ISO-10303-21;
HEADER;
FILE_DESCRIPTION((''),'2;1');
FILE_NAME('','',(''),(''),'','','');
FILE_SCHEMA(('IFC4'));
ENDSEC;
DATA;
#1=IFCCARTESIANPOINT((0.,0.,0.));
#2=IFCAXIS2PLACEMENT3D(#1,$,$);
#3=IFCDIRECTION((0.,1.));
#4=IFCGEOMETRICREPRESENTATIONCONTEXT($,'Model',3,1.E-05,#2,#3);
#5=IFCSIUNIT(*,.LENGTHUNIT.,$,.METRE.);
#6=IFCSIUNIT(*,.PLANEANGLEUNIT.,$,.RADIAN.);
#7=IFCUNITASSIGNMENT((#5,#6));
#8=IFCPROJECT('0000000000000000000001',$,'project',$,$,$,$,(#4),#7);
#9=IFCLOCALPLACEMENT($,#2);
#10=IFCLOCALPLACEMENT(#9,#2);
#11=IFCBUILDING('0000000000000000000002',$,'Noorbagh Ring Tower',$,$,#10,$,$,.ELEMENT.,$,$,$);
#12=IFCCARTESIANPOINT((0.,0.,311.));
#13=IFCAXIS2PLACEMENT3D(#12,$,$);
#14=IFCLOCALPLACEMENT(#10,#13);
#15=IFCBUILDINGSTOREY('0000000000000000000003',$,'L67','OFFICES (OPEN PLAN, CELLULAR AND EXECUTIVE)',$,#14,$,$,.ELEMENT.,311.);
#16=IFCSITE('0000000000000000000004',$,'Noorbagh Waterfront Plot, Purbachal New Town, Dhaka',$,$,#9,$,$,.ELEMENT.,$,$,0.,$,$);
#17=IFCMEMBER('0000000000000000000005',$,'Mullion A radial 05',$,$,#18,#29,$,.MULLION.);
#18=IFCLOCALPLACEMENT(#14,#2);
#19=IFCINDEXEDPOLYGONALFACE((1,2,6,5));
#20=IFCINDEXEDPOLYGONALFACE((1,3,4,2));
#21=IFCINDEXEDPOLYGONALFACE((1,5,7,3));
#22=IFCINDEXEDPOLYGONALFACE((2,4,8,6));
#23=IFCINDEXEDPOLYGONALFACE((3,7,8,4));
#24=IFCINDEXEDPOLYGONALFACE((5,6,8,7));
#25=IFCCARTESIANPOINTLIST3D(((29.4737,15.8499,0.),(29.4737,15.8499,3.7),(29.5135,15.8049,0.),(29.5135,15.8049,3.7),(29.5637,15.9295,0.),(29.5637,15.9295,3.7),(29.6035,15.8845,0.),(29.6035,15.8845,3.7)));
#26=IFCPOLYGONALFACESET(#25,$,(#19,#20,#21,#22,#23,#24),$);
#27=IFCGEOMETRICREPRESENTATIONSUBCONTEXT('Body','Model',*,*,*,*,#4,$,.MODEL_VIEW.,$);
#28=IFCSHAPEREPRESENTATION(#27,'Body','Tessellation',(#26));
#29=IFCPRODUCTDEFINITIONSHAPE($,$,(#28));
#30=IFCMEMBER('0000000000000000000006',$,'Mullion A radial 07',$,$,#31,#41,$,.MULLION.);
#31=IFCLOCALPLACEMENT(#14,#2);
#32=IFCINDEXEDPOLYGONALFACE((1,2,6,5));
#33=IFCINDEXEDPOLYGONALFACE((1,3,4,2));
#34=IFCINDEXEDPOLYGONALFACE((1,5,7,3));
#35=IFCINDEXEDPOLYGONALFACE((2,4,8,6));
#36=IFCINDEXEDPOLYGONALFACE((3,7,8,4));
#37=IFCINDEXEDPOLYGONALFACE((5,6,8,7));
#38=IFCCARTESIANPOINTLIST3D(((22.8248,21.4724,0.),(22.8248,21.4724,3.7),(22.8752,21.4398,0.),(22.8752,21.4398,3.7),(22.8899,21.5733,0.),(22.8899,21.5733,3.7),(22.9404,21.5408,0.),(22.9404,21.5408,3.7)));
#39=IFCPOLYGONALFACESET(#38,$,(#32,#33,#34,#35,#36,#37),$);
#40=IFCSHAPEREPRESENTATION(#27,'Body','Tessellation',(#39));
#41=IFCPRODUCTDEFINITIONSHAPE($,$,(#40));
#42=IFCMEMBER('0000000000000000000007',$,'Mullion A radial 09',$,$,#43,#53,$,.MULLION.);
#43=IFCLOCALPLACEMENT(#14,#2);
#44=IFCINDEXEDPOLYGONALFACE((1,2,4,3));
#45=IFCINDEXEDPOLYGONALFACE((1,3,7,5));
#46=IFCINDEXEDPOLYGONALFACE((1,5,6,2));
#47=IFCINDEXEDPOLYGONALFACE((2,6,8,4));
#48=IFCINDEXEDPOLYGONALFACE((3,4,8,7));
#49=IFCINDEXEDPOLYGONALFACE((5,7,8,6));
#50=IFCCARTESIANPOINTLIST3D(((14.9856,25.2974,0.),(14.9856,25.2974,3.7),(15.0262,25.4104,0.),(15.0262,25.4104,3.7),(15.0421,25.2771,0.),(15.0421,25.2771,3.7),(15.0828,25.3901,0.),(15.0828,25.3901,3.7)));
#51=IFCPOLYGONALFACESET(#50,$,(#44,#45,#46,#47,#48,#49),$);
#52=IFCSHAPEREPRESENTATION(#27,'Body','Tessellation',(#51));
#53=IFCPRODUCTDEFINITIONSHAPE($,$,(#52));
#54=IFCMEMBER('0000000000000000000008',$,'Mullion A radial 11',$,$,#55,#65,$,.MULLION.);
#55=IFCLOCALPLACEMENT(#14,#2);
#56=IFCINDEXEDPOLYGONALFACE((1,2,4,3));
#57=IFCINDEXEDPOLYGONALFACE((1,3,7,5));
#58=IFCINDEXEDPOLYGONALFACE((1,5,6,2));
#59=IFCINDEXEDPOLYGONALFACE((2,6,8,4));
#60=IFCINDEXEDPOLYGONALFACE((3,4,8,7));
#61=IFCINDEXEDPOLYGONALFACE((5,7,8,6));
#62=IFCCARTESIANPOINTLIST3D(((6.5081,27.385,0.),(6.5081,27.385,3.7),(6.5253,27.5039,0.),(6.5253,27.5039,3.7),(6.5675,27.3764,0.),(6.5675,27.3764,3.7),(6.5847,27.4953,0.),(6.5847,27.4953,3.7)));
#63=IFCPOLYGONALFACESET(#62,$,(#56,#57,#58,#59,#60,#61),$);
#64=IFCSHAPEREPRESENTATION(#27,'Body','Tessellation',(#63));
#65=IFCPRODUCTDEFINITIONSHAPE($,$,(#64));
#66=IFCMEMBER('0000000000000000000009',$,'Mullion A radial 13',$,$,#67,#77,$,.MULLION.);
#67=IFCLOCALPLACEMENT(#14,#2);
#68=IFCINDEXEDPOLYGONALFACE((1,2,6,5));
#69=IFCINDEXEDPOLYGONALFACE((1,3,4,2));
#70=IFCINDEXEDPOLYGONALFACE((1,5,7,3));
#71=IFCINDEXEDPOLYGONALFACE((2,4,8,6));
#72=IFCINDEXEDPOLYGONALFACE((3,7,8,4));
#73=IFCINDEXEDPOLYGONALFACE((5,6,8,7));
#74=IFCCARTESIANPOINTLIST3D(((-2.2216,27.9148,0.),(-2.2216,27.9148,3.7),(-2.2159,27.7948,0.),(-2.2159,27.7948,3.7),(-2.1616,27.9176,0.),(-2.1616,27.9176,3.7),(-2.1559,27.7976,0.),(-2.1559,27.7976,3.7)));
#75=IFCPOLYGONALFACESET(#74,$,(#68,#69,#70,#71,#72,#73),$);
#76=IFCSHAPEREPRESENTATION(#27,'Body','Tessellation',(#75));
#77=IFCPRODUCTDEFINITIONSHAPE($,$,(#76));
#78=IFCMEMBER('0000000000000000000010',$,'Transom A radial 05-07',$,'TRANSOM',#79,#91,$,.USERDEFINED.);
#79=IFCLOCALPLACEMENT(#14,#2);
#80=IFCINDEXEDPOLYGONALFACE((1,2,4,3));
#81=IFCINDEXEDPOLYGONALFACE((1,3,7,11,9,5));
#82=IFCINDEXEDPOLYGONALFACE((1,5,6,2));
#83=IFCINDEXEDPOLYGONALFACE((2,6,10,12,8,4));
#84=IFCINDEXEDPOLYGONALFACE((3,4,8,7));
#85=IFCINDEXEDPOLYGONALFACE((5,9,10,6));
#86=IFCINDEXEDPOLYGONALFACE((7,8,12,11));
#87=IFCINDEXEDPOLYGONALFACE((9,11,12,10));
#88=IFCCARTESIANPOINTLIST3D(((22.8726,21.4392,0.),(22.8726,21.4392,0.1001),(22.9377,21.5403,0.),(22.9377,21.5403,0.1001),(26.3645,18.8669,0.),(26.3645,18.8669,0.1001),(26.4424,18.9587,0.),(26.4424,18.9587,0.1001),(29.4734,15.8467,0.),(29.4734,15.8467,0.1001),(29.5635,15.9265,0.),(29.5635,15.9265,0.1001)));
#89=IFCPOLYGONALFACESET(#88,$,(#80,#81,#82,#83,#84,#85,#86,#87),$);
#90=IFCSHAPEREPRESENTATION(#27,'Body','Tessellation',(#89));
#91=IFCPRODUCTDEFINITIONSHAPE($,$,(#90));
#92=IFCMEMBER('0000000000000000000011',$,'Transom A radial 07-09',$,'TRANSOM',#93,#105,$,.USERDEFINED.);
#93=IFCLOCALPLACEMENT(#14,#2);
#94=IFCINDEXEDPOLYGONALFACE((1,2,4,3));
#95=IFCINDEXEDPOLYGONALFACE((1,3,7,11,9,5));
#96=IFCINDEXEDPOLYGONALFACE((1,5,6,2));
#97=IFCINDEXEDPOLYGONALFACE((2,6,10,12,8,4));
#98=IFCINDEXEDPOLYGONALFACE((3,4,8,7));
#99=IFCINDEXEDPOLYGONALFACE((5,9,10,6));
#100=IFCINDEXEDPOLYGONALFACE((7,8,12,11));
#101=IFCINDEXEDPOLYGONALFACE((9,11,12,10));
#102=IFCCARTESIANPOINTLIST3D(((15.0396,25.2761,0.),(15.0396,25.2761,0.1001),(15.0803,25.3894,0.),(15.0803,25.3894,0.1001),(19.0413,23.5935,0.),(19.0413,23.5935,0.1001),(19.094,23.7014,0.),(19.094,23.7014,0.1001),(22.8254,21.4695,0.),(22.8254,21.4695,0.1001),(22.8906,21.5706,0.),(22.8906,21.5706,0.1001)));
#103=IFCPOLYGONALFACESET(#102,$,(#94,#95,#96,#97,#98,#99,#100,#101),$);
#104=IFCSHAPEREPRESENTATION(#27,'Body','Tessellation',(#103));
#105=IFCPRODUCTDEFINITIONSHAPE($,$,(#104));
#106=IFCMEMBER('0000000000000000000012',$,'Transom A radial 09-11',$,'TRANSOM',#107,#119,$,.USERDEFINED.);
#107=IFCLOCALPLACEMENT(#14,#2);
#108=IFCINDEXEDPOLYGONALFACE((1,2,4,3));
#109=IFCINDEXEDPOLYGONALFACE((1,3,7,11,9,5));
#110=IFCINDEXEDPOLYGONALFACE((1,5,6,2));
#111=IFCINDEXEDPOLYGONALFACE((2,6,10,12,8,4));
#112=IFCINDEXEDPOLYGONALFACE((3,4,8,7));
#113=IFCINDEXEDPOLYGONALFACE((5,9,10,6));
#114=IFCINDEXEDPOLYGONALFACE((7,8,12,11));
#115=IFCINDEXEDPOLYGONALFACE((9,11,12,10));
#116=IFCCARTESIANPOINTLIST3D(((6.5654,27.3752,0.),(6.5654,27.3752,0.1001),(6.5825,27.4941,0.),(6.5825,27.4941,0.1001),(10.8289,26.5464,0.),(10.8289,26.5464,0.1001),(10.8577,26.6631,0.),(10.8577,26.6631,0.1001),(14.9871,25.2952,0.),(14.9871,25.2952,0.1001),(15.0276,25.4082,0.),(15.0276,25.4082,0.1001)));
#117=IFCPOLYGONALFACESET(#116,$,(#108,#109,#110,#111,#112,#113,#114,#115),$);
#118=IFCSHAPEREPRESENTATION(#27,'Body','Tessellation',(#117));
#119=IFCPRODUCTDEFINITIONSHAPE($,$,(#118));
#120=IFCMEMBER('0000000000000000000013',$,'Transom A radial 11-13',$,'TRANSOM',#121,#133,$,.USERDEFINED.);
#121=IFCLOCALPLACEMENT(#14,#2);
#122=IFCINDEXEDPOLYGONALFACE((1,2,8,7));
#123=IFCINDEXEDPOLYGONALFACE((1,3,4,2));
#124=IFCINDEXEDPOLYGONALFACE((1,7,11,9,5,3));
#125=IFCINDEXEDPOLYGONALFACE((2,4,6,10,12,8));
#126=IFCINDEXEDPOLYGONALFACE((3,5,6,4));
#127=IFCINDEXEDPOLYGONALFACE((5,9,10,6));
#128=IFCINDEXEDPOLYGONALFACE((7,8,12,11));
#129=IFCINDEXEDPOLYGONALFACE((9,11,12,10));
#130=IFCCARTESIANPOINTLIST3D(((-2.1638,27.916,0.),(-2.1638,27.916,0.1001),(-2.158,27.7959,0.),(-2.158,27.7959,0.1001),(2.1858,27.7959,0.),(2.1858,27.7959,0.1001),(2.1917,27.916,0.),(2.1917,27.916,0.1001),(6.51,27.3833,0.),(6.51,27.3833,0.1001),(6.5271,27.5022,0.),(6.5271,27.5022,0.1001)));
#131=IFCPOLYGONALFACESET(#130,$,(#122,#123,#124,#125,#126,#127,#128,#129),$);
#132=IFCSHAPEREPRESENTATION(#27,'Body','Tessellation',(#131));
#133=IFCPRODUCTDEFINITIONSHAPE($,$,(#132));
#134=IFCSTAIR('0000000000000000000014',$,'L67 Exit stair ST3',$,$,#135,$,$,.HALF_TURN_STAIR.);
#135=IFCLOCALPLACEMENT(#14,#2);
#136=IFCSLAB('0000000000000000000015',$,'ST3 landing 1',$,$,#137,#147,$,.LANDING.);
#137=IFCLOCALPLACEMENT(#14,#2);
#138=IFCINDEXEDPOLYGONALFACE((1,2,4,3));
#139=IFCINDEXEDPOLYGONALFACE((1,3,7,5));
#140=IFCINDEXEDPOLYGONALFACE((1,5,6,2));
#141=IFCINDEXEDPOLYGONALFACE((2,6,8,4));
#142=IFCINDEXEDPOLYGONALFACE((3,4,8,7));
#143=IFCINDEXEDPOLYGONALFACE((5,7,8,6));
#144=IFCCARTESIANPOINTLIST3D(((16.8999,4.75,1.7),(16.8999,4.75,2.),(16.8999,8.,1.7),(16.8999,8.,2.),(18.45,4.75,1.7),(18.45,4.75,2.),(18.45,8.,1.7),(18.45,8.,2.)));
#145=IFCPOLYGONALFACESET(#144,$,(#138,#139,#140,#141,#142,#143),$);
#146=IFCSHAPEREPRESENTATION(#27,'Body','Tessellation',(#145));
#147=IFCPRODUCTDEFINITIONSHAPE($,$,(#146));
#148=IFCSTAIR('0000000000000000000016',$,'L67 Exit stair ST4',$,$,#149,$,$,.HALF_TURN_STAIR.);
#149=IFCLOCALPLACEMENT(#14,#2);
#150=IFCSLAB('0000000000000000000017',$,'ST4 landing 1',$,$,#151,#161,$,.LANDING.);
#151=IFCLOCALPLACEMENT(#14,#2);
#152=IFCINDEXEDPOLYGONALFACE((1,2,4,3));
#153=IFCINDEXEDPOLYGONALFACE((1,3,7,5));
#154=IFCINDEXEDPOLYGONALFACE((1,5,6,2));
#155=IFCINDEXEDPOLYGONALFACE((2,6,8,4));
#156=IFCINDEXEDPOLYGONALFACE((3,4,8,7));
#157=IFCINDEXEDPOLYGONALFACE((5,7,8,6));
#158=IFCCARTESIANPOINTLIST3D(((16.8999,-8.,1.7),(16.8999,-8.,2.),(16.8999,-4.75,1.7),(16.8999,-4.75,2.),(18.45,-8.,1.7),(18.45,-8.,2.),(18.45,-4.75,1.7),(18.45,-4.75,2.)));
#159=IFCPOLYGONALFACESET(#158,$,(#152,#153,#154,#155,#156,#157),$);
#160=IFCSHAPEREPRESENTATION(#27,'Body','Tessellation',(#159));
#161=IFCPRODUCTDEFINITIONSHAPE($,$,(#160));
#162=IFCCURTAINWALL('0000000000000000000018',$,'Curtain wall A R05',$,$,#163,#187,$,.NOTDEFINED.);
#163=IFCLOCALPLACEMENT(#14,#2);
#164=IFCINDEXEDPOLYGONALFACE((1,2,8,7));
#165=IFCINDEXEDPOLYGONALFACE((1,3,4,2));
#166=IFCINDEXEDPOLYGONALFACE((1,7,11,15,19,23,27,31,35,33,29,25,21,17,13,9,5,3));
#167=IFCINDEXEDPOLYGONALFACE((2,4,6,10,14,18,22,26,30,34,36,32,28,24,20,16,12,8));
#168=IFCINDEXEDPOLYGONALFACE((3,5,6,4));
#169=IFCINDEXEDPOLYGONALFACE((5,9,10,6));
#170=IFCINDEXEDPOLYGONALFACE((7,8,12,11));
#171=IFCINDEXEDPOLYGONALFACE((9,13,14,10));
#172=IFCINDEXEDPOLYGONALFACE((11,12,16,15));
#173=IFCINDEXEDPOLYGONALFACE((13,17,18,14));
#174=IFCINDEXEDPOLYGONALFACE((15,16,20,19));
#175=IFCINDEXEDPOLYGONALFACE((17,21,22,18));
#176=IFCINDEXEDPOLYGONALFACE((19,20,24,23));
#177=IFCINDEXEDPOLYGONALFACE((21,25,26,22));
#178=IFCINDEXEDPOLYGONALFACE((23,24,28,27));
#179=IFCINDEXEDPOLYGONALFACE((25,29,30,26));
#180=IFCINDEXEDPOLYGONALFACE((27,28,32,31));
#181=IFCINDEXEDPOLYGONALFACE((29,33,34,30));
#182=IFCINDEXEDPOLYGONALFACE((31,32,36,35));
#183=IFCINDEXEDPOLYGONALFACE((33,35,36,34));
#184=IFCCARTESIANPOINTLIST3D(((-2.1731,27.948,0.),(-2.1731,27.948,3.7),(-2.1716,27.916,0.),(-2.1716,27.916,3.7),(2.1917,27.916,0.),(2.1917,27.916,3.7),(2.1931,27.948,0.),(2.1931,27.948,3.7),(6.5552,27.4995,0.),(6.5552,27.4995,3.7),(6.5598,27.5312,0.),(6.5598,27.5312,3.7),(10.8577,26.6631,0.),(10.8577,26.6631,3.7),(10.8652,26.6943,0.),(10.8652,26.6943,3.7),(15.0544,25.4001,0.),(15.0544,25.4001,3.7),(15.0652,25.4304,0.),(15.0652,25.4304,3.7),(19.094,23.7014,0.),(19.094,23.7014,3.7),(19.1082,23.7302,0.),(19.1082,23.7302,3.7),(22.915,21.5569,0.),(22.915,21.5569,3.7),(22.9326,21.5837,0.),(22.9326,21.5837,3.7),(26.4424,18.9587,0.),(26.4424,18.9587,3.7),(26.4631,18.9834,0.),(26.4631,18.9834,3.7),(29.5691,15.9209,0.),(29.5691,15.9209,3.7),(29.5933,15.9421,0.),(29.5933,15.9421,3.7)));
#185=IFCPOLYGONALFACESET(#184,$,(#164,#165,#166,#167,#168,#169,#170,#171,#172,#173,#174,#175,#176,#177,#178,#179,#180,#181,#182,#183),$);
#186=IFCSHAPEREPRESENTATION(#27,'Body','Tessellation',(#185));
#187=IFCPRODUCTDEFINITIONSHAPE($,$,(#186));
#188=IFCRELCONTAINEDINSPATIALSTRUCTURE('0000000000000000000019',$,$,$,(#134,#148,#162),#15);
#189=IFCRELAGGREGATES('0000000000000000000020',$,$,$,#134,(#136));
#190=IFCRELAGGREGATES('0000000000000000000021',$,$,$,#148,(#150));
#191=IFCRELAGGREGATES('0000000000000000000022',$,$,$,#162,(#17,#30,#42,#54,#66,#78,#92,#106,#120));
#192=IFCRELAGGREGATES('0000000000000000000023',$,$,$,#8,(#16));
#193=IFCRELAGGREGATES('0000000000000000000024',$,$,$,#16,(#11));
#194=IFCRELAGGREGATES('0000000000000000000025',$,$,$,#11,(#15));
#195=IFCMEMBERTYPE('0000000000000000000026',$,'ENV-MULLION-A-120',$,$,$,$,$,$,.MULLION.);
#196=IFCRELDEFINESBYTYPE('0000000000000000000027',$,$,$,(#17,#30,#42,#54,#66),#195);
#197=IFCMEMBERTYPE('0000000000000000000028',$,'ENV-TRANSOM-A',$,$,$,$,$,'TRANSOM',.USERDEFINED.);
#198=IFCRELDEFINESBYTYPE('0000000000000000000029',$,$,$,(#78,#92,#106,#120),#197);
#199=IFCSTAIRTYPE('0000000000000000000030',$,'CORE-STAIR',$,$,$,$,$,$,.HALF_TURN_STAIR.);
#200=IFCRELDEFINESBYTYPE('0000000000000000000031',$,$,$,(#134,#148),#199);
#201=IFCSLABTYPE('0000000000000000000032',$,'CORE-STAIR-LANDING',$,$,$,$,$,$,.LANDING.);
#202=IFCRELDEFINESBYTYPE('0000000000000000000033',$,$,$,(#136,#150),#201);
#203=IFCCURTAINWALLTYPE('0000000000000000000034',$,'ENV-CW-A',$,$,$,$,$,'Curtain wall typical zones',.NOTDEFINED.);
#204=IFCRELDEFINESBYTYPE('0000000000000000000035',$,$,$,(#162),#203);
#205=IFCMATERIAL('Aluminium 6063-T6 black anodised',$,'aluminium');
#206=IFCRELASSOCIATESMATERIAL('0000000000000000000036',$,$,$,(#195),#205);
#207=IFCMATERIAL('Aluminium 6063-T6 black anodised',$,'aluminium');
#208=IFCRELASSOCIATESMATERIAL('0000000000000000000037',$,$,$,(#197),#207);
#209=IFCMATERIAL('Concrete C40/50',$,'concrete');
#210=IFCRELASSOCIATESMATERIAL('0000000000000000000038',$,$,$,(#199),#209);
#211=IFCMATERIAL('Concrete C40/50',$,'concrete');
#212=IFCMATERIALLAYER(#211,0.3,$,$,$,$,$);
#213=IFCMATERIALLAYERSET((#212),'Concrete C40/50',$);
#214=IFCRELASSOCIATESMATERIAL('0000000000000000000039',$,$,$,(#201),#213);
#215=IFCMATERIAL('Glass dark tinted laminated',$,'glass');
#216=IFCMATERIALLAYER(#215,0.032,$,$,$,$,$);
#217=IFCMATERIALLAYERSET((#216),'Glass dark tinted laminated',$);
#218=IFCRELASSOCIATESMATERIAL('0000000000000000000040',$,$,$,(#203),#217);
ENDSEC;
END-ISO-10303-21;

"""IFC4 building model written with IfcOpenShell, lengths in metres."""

from ifc_helpers import new_model, si_unit, direction, frame, origin, origin_2d, place, context, subcontext, project, spatial, polyline, rectangle, outline, extrude, material, layer, layer_set, material_profile, profile_set, type_object, element, aggregate, save


model = new_model("IFC4")

# Units and contexts
model_context = context("Model", 3, precision=1e-05, world=origin(), true_north=direction((0.0, 1.0)))
body_context = subcontext(model_context, "Body", "Model", "MODEL_VIEW")
ifc_project = project(units=[si_unit("LENGTHUNIT", "METRE"), si_unit("PLANEANGLEUNIT", "RADIAN")], contexts=[model_context])

# Members
ifc_material_1 = material(Name="Aluminium 6063-T6 black anodised", Category="aluminium")
ifc_material_profile = material_profile(ifc_material_1, rectangle(XDim=0.1201, YDim=0.0601, at=origin_2d()), Name="120x60")
ifc_profile_set = profile_set([ifc_material_profile], Name="Aluminium 6063-T6 black anodised")
member_type_1 = type_object("IfcMemberType", Name="ENV-MULLION-A-120", PredefinedType="MULLION", material=ifc_profile_set)
site_placement = place(None, origin())
building_placement = place(site_placement, origin())
storey_placement = place(building_placement, frame((0.0, 0.0, 311.0)))
member_1_placement = place(storey_placement, frame((29.5386, 15.8672, 0.0), z_axis=(0.0, 0.0, 1.0), x_axis=(-0.749047, -0.662517, 0.0)))
member_1 = element("IfcMember", 1, at=member_1_placement, type_object=member_type_1, Name="Mullion A radial 05", PredefinedType="MULLION", context=body_context, shape_type="SweptSolid", body=[
    extrude(rectangle(XDim=0.1201, YDim=0.0601, at=origin_2d()), origin(), (0.0, 0.0, 1.0), 3.7),
])
member_2_placement = place(storey_placement, frame((22.8826, 21.5066, 0.0), z_axis=(0.0, 0.0, 1.0), x_axis=(-0.542279, -0.840198, 0.0)))
member_2 = element("IfcMember", 2, at=member_2_placement, type_object=member_type_1, Name="Mullion A radial 07", PredefinedType="MULLION", context=body_context, shape_type="SweptSolid", body=[
    extrude(rectangle(XDim=0.1201, YDim=0.0601, at=origin_2d()), origin(), (0.0, 0.0, 1.0), 3.7),
])
member_3_placement = place(storey_placement, frame((15.0342, 25.3438, 0.0), z_axis=(0.0, 0.0, 1.0), x_axis=(-0.338379, -0.94101, 0.0)))
member_3 = element("IfcMember", 3, at=member_3_placement, type_object=member_type_1, Name="Mullion A radial 09", PredefinedType="MULLION", context=body_context, shape_type="SweptSolid", body=[
    extrude(rectangle(XDim=0.1201, YDim=0.0601, at=origin_2d()), origin(), (0.0, 0.0, 1.0), 3.7),
])
member_4_placement = place(storey_placement, frame((6.5464, 27.4402, 0.0), z_axis=(0.0, 0.0, 1.0), x_axis=(-0.143082, -0.989711, 0.0)))
member_4 = element("IfcMember", 4, at=member_4_placement, type_object=member_type_1, Name="Mullion A radial 11", PredefinedType="MULLION", context=body_context, shape_type="SweptSolid", body=[
    extrude(rectangle(XDim=0.1201, YDim=0.0601, at=origin_2d()), origin(), (0.0, 0.0, 1.0), 3.7),
])
member_5_placement = place(storey_placement, frame((-2.1887, 27.8562, 0.0), z_axis=(0.0, 0.0, 1.0), x_axis=(0.047558, -0.998868, 0.0)))
member_5 = element("IfcMember", 5, at=member_5_placement, type_object=member_type_1, Name="Mullion A radial 13", PredefinedType="MULLION", context=body_context, shape_type="SweptSolid", body=[
    extrude(rectangle(XDim=0.1201, YDim=0.0601, at=origin_2d()), origin(), (0.0, 0.0, 1.0), 3.7),
])
ifc_material_2 = material(Name="Aluminium 6063-T6 black anodised", Category="aluminium")
member_type_2 = type_object("IfcMemberType", Name="ENV-TRANSOM-A", ElementType="TRANSOM", PredefinedType="USERDEFINED", material=ifc_material_2)
member_6_placement = place(storey_placement, origin())
member_6 = element("IfcMember", 6, at=member_6_placement, type_object=member_type_2, Name="Transom A radial 05-07", ObjectType="TRANSOM", PredefinedType="USERDEFINED", context=body_context, shape_type="SweptSolid", body=[
    extrude(outline(polyline([(29.5635, 15.9265), (26.4424, 18.9587), (22.9377, 21.5403), (22.8726, 21.4392), (26.3645, 18.8669), (29.4734, 15.8467), (29.5635, 15.9265)])), origin(), (0.0, 0.0, 1.0), 0.1001),
])
member_7_placement = place(storey_placement, origin())
member_7 = element("IfcMember", 7, at=member_7_placement, type_object=member_type_2, Name="Transom A radial 07-09", ObjectType="TRANSOM", PredefinedType="USERDEFINED", context=body_context, shape_type="SweptSolid", body=[
    extrude(outline(polyline([(22.8906, 21.5706), (19.094, 23.7014), (15.0803, 25.3894), (15.0396, 25.2761), (19.0413, 23.5935), (22.8254, 21.4695), (22.8906, 21.5706)])), origin(), (0.0, 0.0, 1.0), 0.1001),
])
member_8_placement = place(storey_placement, origin())
member_8 = element("IfcMember", 8, at=member_8_placement, type_object=member_type_2, Name="Transom A radial 09-11", ObjectType="TRANSOM", PredefinedType="USERDEFINED", context=body_context, shape_type="SweptSolid", body=[
    extrude(outline(polyline([(15.0276, 25.4082), (10.8577, 26.6631), (6.5825, 27.4941), (6.5654, 27.3752), (10.8289, 26.5464), (14.9871, 25.2952), (15.0276, 25.4082)])), origin(), (0.0, 0.0, 1.0), 0.1001),
])
member_9_placement = place(storey_placement, origin())
member_9 = element("IfcMember", 9, at=member_9_placement, type_object=member_type_2, Name="Transom A radial 11-13", ObjectType="TRANSOM", PredefinedType="USERDEFINED", context=body_context, shape_type="SweptSolid", body=[
    extrude(outline(polyline([(6.5271, 27.5022), (2.1917, 27.916), (-2.1638, 27.916), (-2.158, 27.7959), (2.1858, 27.7959), (6.51, 27.3833), (6.5271, 27.5022)])), origin(), (0.0, 0.0, 1.0), 0.1001),
])

# Site, building, storey
site = spatial("IfcSite", under=ifc_project, at=site_placement, Name="Noorbagh Waterfront Plot, Purbachal New Town, Dhaka", CompositionType="ELEMENT", RefElevation=0.0)
building = spatial("IfcBuilding", under=site, at=building_placement, Name="Noorbagh Ring Tower", CompositionType="ELEMENT")
storey = spatial("IfcBuildingStorey", under=building, at=storey_placement, Name="L67", Description="OFFICES (OPEN PLAN, CELLULAR AND EXECUTIVE)", CompositionType="ELEMENT", Elevation=311.0)

# Stairs, slabs
ifc_material_3 = material(Name="Concrete C40/50", Category="concrete")
stair_type = type_object("IfcStairType", Name="CORE-STAIR", PredefinedType="HALF_TURN_STAIR", material=ifc_material_3)
stair_1_placement = place(storey_placement, origin())
stair_1 = element("IfcStair", 10, at=stair_1_placement, inside=storey, type_object=stair_type, Name="L67 Exit stair ST3", PredefinedType="HALF_TURN_STAIR")
ifc_material_4 = material(Name="Concrete C40/50", Category="concrete")
ifc_layer_1 = layer(ifc_material_4, 0.3)
ifc_layer_set_1 = layer_set([ifc_layer_1], Name="Concrete C40/50")
slab_type = type_object("IfcSlabType", Name="CORE-STAIR-LANDING", PredefinedType="LANDING", material=ifc_layer_set_1)
slab_1_placement = place(storey_placement, frame((0.0, 0.0, 1.7)))
slab_1 = element("IfcSlab", 11, at=slab_1_placement, type_object=slab_type, Name="ST3 landing 1", PredefinedType="LANDING", context=body_context, shape_type="SweptSolid", body=[
    extrude(outline(polyline([(18.45, 8.0), (16.8999, 8.0), (16.8999, 4.75), (18.45, 4.75), (18.45, 8.0)])), origin(), (0.0, 0.0, 1.0), 0.3),
])
aggregate(stair_1, [slab_1])
stair_2_placement = place(storey_placement, origin())
stair_2 = element("IfcStair", 12, at=stair_2_placement, inside=storey, type_object=stair_type, Name="L67 Exit stair ST4", PredefinedType="HALF_TURN_STAIR")
slab_2_placement = place(storey_placement, frame((0.0, 0.0, 1.7)))
slab_2 = element("IfcSlab", 13, at=slab_2_placement, type_object=slab_type, Name="ST4 landing 1", PredefinedType="LANDING", context=body_context, shape_type="SweptSolid", body=[
    extrude(outline(polyline([(18.45, -4.75), (16.8999, -4.75), (16.8999, -8.0), (18.45, -8.0), (18.45, -4.75)])), origin(), (0.0, 0.0, 1.0), 0.3),
])
aggregate(stair_2, [slab_2])

# Curtain wall
ifc_material_5 = material(Name="Glass dark tinted laminated", Category="glass")
ifc_layer_2 = layer(ifc_material_5, 0.032)
ifc_layer_set_2 = layer_set([ifc_layer_2], Name="Glass dark tinted laminated")
curtain_wall_type = type_object("IfcCurtainWallType", Name="ENV-CW-A", ElementType="Curtain wall typical zones", PredefinedType="NOTDEFINED", material=ifc_layer_set_2)
curtain_wall_1_placement = place(storey_placement, origin())
curtain_wall_1 = element("IfcCurtainWall", 14, at=curtain_wall_1_placement, inside=storey, type_object=curtain_wall_type, Name="Curtain wall A R05", PredefinedType="NOTDEFINED", context=body_context, shape_type="SweptSolid", body=[
    extrude(outline(polyline([(29.5933, 15.9421), (26.4631, 18.9834), (22.9326, 21.5837), (19.1082, 23.7302), (15.0652, 25.4304), (10.8652, 26.6943), (6.5598, 27.5312), (2.1931, 27.948), (-2.1731, 27.948), (-2.1716, 27.916), (2.1917, 27.916), (6.5552, 27.4995), (10.8577, 26.6631), (15.0544, 25.4001), (19.094, 23.7014), (22.915, 21.5569), (26.4424, 18.9587), (29.5691, 15.9209), (29.5933, 15.9421)])), origin(), (0.0, 0.0, 1.0), 3.7),
])
aggregate(curtain_wall_1, [member_1, member_2, member_3, member_4, member_5, member_6, member_7, member_8, member_9])

save(model, "model.ifc")
